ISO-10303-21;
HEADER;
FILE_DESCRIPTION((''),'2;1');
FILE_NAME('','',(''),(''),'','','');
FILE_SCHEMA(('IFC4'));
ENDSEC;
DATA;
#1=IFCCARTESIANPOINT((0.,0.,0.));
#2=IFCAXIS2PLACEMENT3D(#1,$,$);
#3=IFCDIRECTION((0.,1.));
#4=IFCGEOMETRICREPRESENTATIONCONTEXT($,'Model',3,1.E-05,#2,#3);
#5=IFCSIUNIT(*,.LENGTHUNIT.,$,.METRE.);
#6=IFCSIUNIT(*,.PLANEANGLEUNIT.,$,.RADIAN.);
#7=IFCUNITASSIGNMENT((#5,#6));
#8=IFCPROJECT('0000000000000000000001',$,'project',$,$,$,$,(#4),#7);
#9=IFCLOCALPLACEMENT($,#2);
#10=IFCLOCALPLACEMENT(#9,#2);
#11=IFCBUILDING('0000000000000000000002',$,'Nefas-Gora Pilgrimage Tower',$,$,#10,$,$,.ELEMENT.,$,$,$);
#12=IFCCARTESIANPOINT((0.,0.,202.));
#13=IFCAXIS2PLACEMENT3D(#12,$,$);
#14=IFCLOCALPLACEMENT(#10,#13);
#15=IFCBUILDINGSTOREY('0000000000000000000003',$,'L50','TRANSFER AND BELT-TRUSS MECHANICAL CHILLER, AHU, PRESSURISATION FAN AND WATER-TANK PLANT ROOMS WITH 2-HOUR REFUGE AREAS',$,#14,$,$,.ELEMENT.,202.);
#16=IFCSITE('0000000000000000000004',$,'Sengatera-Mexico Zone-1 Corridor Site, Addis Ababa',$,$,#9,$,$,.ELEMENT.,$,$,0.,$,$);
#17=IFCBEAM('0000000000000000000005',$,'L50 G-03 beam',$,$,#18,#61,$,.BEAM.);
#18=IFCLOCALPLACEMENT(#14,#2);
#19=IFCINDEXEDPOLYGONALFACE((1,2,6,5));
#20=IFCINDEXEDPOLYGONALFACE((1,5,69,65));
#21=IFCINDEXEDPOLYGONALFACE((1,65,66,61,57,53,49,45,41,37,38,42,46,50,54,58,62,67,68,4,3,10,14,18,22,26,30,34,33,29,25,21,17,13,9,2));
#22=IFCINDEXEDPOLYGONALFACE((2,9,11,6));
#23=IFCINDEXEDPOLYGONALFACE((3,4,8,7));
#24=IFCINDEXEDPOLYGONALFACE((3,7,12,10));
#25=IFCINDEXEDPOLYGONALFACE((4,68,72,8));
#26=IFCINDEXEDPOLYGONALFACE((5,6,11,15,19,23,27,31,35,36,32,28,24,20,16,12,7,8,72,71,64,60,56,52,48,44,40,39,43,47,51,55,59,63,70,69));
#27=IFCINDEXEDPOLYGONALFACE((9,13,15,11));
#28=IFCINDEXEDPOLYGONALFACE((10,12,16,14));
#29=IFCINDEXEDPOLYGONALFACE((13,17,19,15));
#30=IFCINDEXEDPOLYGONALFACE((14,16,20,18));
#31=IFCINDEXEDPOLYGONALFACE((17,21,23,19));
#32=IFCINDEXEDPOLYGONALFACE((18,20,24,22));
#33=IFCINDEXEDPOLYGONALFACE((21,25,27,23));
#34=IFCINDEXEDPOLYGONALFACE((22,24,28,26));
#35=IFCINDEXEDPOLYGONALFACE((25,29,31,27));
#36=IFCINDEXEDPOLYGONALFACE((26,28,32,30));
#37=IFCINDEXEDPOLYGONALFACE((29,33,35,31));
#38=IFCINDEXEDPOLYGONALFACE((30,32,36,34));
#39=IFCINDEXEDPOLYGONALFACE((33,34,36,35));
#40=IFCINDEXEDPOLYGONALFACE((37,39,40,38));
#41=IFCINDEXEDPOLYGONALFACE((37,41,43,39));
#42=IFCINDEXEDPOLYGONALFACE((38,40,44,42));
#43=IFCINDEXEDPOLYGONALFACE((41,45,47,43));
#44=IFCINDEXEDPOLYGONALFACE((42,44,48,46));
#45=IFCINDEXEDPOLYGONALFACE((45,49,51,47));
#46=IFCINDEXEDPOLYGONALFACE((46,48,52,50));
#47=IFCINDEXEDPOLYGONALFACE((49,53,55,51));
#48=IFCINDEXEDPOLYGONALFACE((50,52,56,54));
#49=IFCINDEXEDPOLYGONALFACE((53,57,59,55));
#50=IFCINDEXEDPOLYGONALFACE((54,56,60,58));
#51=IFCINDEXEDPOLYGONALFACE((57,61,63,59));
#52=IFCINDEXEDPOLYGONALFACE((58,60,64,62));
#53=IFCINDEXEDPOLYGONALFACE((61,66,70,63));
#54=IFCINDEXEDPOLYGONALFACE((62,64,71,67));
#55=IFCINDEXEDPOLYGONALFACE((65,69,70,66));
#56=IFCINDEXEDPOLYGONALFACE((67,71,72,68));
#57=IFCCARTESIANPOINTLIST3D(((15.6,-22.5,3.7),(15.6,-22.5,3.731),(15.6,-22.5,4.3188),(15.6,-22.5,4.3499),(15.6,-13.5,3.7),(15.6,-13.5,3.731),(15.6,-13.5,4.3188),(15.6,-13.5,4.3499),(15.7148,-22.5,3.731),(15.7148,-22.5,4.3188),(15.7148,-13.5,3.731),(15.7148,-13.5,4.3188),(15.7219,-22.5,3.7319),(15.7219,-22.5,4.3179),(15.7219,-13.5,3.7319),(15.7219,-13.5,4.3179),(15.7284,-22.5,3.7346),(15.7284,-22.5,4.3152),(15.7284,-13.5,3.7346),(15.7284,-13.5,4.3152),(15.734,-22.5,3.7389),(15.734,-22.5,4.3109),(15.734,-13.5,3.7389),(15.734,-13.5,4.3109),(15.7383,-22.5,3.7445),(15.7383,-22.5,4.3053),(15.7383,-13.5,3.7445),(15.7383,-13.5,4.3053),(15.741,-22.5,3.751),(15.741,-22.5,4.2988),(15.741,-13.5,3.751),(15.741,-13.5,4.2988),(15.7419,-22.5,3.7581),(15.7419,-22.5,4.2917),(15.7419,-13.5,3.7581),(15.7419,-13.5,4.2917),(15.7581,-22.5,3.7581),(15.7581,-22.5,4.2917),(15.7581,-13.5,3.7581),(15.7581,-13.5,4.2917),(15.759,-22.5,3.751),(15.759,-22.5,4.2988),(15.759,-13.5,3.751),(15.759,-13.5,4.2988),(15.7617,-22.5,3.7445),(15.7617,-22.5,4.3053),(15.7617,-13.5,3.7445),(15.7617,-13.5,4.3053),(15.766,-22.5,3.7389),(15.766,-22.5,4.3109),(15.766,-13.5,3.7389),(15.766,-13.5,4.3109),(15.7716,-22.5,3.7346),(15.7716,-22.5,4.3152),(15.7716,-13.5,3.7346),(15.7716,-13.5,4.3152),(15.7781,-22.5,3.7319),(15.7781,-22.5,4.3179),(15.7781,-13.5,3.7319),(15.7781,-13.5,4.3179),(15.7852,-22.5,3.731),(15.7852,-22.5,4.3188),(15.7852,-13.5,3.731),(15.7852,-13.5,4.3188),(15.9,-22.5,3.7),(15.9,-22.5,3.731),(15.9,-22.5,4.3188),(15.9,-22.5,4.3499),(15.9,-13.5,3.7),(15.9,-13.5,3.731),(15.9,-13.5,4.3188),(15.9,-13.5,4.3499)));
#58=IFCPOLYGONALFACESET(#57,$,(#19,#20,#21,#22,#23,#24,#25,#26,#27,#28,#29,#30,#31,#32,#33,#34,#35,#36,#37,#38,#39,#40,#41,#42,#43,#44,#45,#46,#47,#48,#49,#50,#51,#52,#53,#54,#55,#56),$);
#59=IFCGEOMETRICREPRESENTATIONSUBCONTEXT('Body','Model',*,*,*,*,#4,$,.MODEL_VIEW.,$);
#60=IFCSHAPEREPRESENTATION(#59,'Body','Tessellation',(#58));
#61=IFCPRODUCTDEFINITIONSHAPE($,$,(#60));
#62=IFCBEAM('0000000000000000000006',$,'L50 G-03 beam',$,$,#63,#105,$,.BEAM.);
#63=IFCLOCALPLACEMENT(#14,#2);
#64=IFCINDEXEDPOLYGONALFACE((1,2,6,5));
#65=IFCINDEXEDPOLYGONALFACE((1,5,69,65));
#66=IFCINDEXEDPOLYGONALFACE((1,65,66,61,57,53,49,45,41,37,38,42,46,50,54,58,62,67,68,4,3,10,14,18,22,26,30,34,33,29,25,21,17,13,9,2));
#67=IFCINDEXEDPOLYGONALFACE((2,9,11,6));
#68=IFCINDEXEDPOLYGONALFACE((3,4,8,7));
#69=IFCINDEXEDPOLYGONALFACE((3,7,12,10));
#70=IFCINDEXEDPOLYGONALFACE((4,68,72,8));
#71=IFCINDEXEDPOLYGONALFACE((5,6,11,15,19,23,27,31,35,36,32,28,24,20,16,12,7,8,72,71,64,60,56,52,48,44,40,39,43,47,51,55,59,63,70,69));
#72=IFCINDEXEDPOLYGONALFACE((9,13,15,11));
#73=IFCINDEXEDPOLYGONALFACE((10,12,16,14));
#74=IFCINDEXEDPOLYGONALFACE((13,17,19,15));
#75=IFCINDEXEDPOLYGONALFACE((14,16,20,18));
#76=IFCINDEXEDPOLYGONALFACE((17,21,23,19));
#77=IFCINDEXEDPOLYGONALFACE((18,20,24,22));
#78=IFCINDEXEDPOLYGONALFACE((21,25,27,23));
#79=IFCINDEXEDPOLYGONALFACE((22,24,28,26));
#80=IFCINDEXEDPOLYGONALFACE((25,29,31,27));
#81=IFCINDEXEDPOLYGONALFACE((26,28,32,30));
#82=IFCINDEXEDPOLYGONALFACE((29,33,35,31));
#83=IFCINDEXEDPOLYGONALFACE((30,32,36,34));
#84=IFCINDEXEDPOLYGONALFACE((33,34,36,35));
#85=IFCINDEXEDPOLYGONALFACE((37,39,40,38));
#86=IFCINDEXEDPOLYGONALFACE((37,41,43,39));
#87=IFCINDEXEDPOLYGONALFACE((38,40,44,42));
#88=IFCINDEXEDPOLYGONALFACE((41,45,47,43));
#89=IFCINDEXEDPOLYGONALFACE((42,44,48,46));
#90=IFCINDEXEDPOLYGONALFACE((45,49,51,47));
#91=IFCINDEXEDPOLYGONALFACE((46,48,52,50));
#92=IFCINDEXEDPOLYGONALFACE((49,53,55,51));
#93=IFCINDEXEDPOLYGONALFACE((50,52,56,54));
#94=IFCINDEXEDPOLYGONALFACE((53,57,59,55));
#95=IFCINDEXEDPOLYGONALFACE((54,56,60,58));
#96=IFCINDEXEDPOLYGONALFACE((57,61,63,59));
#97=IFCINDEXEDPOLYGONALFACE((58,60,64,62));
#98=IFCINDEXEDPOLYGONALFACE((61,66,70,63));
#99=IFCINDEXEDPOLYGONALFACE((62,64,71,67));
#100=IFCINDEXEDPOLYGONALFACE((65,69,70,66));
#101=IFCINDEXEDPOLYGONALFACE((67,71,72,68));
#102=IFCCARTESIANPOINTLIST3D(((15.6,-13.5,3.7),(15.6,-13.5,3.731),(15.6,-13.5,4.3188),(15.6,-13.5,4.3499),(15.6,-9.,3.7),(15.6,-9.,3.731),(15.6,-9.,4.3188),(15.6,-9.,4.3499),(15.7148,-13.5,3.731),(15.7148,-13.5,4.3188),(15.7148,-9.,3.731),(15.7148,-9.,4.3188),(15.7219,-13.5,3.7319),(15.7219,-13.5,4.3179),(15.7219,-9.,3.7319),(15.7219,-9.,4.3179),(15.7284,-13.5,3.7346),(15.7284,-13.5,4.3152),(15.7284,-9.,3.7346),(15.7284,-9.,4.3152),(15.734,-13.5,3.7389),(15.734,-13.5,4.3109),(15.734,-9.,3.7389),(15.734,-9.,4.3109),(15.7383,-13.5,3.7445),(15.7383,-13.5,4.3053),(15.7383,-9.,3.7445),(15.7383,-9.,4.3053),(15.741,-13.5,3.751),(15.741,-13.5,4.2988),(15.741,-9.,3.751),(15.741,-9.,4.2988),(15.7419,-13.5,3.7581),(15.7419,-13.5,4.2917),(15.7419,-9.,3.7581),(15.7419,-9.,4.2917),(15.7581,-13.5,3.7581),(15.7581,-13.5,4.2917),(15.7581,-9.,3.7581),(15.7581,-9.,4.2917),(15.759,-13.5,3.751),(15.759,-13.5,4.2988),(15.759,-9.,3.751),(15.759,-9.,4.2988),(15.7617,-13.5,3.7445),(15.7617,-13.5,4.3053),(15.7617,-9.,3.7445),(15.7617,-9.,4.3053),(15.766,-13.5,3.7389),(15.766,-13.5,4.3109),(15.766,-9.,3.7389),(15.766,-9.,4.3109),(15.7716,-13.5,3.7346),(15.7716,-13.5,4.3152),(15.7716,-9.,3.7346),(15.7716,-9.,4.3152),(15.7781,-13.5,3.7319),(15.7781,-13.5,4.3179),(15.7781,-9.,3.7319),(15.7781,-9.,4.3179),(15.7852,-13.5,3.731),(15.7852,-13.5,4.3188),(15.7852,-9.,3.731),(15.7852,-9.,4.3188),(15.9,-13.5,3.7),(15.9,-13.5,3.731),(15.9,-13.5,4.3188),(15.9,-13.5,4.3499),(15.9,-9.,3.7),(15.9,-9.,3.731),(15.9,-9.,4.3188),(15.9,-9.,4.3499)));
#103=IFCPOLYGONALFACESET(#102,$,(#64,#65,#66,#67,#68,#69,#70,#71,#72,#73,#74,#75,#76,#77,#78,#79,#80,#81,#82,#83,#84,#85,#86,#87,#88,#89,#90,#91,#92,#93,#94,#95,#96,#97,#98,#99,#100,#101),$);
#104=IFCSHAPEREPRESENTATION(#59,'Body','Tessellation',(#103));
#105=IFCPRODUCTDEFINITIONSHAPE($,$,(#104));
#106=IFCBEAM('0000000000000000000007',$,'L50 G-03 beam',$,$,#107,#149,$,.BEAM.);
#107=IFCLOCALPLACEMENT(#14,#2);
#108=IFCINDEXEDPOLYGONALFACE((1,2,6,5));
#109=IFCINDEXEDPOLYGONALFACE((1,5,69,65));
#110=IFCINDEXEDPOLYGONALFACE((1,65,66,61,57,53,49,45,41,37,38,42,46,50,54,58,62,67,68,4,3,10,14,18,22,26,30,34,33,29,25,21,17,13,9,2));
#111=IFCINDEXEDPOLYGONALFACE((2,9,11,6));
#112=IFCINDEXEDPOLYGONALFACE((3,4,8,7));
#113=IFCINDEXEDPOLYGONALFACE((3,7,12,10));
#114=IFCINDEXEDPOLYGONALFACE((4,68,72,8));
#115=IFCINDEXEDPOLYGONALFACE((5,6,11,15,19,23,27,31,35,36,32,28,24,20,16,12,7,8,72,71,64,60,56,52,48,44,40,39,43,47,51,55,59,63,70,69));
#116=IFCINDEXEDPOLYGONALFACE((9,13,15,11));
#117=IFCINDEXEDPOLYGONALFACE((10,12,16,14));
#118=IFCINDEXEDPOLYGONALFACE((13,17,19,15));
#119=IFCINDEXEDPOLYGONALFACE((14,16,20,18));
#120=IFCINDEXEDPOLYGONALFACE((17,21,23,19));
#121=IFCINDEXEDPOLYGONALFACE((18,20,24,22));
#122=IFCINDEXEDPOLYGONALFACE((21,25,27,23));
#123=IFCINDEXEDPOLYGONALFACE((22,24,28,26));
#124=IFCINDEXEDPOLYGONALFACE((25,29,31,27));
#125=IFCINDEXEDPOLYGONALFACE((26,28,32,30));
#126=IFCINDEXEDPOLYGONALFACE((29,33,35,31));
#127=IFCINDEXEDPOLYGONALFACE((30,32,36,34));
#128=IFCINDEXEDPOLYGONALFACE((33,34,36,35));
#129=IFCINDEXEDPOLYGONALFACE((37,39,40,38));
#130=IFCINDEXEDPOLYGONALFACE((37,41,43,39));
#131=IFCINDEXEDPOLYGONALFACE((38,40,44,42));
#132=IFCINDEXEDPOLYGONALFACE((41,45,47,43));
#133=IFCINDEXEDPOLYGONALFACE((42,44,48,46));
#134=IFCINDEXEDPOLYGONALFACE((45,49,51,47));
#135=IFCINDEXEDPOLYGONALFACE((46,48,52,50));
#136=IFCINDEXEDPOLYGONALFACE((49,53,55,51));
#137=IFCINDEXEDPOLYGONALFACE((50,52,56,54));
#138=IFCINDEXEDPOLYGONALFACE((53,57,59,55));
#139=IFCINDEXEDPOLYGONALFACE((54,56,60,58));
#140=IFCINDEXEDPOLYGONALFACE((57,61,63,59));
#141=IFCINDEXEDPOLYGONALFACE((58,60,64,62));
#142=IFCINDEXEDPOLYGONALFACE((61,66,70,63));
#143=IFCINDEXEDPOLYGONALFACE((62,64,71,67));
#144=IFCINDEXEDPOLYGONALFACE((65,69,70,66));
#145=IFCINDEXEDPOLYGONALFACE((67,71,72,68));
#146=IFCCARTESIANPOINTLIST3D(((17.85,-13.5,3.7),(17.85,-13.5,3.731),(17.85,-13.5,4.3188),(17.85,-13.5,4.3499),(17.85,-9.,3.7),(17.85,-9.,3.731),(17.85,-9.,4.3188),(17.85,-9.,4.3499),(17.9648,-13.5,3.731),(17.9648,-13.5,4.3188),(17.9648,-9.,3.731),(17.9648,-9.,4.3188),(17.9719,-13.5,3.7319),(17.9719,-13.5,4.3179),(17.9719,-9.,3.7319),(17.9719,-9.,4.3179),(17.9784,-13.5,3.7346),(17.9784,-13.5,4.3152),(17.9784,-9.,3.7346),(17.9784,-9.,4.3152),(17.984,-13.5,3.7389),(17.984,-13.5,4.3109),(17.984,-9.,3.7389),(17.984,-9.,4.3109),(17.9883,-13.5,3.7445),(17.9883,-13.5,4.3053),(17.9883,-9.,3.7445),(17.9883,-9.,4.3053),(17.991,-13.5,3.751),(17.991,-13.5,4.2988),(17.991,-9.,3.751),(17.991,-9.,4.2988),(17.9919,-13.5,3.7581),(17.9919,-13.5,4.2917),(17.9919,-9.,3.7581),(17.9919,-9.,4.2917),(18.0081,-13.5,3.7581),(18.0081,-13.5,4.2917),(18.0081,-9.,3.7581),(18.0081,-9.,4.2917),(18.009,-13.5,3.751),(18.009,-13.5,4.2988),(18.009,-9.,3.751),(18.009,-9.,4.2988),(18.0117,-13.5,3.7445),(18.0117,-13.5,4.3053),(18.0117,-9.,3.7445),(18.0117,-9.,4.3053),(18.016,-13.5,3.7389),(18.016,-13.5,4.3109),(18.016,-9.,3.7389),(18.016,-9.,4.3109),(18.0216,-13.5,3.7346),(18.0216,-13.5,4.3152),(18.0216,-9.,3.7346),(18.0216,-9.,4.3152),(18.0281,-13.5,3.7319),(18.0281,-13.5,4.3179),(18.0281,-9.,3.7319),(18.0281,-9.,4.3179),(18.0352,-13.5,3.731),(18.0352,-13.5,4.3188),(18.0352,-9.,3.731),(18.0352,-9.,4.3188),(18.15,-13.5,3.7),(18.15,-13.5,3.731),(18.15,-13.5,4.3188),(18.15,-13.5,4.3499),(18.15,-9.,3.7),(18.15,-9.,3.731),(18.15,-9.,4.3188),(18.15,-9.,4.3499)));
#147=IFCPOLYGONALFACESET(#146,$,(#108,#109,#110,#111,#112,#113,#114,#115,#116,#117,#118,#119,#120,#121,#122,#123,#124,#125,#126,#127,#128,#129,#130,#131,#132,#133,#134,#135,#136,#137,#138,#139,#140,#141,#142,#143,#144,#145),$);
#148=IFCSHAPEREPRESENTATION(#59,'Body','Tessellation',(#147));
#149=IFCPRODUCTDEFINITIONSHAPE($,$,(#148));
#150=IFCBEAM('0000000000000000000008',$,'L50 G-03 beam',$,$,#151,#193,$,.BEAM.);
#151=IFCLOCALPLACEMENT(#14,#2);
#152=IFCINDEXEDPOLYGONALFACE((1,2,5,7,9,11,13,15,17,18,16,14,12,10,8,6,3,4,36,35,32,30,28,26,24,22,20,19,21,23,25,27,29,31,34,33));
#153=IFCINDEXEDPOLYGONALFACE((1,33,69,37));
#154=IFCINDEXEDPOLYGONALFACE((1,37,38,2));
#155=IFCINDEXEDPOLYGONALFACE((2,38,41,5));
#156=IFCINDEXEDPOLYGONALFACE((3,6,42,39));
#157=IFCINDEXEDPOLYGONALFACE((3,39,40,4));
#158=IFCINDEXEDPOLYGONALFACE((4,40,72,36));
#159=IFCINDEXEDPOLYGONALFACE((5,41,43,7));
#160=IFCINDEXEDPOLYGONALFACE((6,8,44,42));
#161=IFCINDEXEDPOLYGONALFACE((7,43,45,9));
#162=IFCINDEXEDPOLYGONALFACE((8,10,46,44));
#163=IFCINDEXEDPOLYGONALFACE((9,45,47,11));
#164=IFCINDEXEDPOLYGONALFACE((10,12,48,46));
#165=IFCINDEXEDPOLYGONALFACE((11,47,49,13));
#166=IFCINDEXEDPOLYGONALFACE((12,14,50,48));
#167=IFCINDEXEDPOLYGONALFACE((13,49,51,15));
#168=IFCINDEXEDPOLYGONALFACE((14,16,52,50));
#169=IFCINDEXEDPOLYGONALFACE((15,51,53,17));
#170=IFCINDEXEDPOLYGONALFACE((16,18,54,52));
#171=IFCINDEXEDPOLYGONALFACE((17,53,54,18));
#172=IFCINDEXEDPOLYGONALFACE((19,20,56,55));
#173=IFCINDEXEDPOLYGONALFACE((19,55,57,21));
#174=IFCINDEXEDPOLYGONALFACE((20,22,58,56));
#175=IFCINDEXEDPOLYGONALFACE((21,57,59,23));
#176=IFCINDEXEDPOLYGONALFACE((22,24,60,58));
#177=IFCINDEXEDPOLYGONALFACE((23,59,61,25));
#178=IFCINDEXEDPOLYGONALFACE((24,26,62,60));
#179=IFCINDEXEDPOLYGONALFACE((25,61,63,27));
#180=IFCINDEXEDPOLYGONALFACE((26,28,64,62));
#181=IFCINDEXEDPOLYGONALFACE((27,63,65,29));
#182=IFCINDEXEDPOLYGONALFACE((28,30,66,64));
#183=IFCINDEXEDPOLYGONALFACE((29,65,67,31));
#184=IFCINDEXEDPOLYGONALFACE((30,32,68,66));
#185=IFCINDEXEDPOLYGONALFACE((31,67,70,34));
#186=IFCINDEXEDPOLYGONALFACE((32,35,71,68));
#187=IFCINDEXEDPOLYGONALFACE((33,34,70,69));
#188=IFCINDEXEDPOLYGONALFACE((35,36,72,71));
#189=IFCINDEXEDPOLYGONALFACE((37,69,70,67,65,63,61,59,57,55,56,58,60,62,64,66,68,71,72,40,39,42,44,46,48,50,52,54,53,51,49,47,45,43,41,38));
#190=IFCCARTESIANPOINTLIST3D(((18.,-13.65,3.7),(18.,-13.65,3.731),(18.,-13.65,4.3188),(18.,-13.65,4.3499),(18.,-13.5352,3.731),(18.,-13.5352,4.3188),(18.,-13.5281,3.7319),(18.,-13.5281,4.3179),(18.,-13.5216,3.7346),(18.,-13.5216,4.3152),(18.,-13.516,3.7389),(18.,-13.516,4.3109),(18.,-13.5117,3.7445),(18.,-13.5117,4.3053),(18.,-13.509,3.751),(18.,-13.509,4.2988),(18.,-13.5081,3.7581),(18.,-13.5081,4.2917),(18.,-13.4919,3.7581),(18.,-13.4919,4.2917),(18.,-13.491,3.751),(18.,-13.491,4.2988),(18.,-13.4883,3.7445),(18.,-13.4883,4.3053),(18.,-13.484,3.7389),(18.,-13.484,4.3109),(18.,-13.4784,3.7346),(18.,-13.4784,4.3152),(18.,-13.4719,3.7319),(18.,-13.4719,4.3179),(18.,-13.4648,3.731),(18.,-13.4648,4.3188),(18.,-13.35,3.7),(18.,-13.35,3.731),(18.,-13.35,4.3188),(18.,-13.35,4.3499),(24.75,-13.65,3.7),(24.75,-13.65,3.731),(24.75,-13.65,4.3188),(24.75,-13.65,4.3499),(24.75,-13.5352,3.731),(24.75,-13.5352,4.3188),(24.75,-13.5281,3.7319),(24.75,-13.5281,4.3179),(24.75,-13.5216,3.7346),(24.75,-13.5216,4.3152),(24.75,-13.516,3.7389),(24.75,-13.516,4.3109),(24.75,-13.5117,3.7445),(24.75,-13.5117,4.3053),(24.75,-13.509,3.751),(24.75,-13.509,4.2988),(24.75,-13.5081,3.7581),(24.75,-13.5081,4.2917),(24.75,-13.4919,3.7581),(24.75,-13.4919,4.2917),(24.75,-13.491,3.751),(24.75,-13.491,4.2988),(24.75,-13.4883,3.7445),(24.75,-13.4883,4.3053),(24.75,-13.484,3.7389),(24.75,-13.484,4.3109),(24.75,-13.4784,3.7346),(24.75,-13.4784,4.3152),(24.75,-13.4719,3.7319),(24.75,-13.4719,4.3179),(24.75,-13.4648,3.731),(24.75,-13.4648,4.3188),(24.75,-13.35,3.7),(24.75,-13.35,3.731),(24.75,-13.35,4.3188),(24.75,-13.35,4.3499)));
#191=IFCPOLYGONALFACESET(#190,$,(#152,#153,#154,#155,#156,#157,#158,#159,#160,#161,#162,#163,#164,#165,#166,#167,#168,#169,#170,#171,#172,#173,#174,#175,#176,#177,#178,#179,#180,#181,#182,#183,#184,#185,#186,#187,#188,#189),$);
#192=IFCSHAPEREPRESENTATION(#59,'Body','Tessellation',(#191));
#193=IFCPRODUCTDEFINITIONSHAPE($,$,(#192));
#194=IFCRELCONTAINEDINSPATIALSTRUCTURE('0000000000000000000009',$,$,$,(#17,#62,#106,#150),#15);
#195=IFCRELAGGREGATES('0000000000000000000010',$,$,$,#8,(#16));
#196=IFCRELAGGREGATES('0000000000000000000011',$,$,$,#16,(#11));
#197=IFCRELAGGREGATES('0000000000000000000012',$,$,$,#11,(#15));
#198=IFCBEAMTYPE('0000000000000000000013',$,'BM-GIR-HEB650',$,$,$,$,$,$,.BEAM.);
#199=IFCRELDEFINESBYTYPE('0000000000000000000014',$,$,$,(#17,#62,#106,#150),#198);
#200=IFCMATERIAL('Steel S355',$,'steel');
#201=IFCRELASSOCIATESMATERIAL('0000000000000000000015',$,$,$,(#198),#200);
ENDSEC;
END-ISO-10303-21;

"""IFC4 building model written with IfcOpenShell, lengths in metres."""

from ifc_helpers import new_model, si_unit, direction, frame, origin, origin_2d, place, context, subcontext, project, spatial, i_section, extrude, source, transform, mapped, material, material_profile, profile_set, type_object, element, save


model = new_model("IFC4")

# Units and contexts
model_context = context("Model", 3, precision=1e-05, world=origin(), true_north=direction((0.0, 1.0)))
body_context = subcontext(model_context, "Body", "Model", "MODEL_VIEW")
ifc_project = project(units=[si_unit("LENGTHUNIT", "METRE"), si_unit("PLANEANGLEUNIT", "RADIAN")], contexts=[model_context])

# Site, building, storey
site_placement = place(None, origin())
site = spatial("IfcSite", under=ifc_project, at=site_placement, Name="Sengatera-Mexico Zone-1 Corridor Site, Addis Ababa", CompositionType="ELEMENT", RefElevation=0.0)
building_placement = place(site_placement, origin())
building = spatial("IfcBuilding", under=site, at=building_placement, Name="Nefas-Gora Pilgrimage Tower", CompositionType="ELEMENT")
storey_placement = place(building_placement, frame((0.0, 0.0, 202.0)))
storey = spatial("IfcBuildingStorey", under=building, at=storey_placement, Name="L50", Description="TRANSFER AND BELT-TRUSS MECHANICAL CHILLER, AHU, PRESSURISATION FAN AND WATER-TANK PLANT ROOMS WITH 2-HOUR REFUGE AREAS", CompositionType="ELEMENT", Elevation=202.0)

# Beams
ifc_material_1 = material(Name="Steel S355", Category="steel")
ifc_material_profile_1 = material_profile(ifc_material_1, i_section(OverallWidth=0.3, OverallDepth=0.6499, WebThickness=0.0161, FlangeThickness=0.031, FilletRadius=0.0271, at=origin_2d()), Name="HEB 650")
ifc_profile_set_1 = profile_set([ifc_material_profile_1], Name="Steel S355")
beam_type_1 = type_object("IfcBeamType", Name="BM-GIR-HEB650", PredefinedType="BEAM", material=ifc_profile_set_1)
shared_shape_1 = source(origin(), body_context, "Body", "SweptSolid", [
    extrude(i_section(OverallWidth=0.3, OverallDepth=0.6499, WebThickness=0.0161, FlangeThickness=0.031, FilletRadius=0.0271, at=origin_2d()), origin(), (0.0, 0.0, 1.0), 9.0),
])
beam_1_placement = place(storey_placement, frame((15.75, -22.5, 4.0249), z_axis=(0.0, 1.0, 0.0), x_axis=(-1.0, 0.0, 0.0)))
element("IfcBeam", 1, at=beam_1_placement, inside=storey, type_object=beam_type_1, Name="L50 G-03 beam", PredefinedType="BEAM", context=body_context, shape_type="MappedRepresentation", body=[
    mapped(shared_shape_1, transform((0.0, 0.0, 0.0), x_axis=(1.0, 0.0, 0.0), y_axis=(0.0, 1.0, 0.0), z_axis=(0.0, 0.0, 1.0), scale=1.0)),
])
shared_shape_2 = source(origin(), body_context, "Body", "SweptSolid", [
    extrude(i_section(OverallWidth=0.3, OverallDepth=0.6499, WebThickness=0.0161, FlangeThickness=0.031, FilletRadius=0.0271, at=origin_2d()), origin(), (0.0, 0.0, 1.0), 4.5),
])
for number, where, z_axis, x_axis, name in (
    (2, (15.75, -13.5, 4.0249), (0.0, 1.0, 0.0), (-1.0, 0.0, 0.0), "L50 G-03 beam"),
    (3, (18.0, -13.5, 4.0249), (0.0, 1.0, 0.0), (-1.0, 0.0, 0.0), "L50 G-03 beam"),
):
    element("IfcBeam", number, at=place(storey_placement, frame(where, z_axis=z_axis, x_axis=x_axis)), inside=storey, type_object=beam_type_1, Name=name, PredefinedType="BEAM", context=body_context, shape_type="MappedRepresentation", body=[
        mapped(shared_shape_2, transform((0.0, 0.0, 0.0), x_axis=(1.0, 0.0, 0.0), y_axis=(0.0, 1.0, 0.0), z_axis=(0.0, 0.0, 1.0), scale=1.0)),
    ])
shared_shape_3 = source(origin(), body_context, "Body", "SweptSolid", [
    extrude(i_section(OverallWidth=0.3, OverallDepth=0.6499, WebThickness=0.0161, FlangeThickness=0.031, FilletRadius=0.0271, at=origin_2d()), origin(), (0.0, 0.0, 1.0), 6.75),
])
beam_2_placement = place(storey_placement, frame((18.0, -13.5, 4.0249), z_axis=(1.0, 0.0, 0.0), x_axis=(0.0, 1.0, 0.0)))
element("IfcBeam", 4, at=beam_2_placement, inside=storey, type_object=beam_type_1, Name="L50 G-03 beam", PredefinedType="BEAM", context=body_context, shape_type="MappedRepresentation", body=[
    mapped(shared_shape_3, transform((0.0, 0.0, 0.0), x_axis=(1.0, 0.0, 0.0), y_axis=(0.0, 1.0, 0.0), z_axis=(0.0, 0.0, 1.0), scale=1.0)),
])

save(model, "model.ifc")
